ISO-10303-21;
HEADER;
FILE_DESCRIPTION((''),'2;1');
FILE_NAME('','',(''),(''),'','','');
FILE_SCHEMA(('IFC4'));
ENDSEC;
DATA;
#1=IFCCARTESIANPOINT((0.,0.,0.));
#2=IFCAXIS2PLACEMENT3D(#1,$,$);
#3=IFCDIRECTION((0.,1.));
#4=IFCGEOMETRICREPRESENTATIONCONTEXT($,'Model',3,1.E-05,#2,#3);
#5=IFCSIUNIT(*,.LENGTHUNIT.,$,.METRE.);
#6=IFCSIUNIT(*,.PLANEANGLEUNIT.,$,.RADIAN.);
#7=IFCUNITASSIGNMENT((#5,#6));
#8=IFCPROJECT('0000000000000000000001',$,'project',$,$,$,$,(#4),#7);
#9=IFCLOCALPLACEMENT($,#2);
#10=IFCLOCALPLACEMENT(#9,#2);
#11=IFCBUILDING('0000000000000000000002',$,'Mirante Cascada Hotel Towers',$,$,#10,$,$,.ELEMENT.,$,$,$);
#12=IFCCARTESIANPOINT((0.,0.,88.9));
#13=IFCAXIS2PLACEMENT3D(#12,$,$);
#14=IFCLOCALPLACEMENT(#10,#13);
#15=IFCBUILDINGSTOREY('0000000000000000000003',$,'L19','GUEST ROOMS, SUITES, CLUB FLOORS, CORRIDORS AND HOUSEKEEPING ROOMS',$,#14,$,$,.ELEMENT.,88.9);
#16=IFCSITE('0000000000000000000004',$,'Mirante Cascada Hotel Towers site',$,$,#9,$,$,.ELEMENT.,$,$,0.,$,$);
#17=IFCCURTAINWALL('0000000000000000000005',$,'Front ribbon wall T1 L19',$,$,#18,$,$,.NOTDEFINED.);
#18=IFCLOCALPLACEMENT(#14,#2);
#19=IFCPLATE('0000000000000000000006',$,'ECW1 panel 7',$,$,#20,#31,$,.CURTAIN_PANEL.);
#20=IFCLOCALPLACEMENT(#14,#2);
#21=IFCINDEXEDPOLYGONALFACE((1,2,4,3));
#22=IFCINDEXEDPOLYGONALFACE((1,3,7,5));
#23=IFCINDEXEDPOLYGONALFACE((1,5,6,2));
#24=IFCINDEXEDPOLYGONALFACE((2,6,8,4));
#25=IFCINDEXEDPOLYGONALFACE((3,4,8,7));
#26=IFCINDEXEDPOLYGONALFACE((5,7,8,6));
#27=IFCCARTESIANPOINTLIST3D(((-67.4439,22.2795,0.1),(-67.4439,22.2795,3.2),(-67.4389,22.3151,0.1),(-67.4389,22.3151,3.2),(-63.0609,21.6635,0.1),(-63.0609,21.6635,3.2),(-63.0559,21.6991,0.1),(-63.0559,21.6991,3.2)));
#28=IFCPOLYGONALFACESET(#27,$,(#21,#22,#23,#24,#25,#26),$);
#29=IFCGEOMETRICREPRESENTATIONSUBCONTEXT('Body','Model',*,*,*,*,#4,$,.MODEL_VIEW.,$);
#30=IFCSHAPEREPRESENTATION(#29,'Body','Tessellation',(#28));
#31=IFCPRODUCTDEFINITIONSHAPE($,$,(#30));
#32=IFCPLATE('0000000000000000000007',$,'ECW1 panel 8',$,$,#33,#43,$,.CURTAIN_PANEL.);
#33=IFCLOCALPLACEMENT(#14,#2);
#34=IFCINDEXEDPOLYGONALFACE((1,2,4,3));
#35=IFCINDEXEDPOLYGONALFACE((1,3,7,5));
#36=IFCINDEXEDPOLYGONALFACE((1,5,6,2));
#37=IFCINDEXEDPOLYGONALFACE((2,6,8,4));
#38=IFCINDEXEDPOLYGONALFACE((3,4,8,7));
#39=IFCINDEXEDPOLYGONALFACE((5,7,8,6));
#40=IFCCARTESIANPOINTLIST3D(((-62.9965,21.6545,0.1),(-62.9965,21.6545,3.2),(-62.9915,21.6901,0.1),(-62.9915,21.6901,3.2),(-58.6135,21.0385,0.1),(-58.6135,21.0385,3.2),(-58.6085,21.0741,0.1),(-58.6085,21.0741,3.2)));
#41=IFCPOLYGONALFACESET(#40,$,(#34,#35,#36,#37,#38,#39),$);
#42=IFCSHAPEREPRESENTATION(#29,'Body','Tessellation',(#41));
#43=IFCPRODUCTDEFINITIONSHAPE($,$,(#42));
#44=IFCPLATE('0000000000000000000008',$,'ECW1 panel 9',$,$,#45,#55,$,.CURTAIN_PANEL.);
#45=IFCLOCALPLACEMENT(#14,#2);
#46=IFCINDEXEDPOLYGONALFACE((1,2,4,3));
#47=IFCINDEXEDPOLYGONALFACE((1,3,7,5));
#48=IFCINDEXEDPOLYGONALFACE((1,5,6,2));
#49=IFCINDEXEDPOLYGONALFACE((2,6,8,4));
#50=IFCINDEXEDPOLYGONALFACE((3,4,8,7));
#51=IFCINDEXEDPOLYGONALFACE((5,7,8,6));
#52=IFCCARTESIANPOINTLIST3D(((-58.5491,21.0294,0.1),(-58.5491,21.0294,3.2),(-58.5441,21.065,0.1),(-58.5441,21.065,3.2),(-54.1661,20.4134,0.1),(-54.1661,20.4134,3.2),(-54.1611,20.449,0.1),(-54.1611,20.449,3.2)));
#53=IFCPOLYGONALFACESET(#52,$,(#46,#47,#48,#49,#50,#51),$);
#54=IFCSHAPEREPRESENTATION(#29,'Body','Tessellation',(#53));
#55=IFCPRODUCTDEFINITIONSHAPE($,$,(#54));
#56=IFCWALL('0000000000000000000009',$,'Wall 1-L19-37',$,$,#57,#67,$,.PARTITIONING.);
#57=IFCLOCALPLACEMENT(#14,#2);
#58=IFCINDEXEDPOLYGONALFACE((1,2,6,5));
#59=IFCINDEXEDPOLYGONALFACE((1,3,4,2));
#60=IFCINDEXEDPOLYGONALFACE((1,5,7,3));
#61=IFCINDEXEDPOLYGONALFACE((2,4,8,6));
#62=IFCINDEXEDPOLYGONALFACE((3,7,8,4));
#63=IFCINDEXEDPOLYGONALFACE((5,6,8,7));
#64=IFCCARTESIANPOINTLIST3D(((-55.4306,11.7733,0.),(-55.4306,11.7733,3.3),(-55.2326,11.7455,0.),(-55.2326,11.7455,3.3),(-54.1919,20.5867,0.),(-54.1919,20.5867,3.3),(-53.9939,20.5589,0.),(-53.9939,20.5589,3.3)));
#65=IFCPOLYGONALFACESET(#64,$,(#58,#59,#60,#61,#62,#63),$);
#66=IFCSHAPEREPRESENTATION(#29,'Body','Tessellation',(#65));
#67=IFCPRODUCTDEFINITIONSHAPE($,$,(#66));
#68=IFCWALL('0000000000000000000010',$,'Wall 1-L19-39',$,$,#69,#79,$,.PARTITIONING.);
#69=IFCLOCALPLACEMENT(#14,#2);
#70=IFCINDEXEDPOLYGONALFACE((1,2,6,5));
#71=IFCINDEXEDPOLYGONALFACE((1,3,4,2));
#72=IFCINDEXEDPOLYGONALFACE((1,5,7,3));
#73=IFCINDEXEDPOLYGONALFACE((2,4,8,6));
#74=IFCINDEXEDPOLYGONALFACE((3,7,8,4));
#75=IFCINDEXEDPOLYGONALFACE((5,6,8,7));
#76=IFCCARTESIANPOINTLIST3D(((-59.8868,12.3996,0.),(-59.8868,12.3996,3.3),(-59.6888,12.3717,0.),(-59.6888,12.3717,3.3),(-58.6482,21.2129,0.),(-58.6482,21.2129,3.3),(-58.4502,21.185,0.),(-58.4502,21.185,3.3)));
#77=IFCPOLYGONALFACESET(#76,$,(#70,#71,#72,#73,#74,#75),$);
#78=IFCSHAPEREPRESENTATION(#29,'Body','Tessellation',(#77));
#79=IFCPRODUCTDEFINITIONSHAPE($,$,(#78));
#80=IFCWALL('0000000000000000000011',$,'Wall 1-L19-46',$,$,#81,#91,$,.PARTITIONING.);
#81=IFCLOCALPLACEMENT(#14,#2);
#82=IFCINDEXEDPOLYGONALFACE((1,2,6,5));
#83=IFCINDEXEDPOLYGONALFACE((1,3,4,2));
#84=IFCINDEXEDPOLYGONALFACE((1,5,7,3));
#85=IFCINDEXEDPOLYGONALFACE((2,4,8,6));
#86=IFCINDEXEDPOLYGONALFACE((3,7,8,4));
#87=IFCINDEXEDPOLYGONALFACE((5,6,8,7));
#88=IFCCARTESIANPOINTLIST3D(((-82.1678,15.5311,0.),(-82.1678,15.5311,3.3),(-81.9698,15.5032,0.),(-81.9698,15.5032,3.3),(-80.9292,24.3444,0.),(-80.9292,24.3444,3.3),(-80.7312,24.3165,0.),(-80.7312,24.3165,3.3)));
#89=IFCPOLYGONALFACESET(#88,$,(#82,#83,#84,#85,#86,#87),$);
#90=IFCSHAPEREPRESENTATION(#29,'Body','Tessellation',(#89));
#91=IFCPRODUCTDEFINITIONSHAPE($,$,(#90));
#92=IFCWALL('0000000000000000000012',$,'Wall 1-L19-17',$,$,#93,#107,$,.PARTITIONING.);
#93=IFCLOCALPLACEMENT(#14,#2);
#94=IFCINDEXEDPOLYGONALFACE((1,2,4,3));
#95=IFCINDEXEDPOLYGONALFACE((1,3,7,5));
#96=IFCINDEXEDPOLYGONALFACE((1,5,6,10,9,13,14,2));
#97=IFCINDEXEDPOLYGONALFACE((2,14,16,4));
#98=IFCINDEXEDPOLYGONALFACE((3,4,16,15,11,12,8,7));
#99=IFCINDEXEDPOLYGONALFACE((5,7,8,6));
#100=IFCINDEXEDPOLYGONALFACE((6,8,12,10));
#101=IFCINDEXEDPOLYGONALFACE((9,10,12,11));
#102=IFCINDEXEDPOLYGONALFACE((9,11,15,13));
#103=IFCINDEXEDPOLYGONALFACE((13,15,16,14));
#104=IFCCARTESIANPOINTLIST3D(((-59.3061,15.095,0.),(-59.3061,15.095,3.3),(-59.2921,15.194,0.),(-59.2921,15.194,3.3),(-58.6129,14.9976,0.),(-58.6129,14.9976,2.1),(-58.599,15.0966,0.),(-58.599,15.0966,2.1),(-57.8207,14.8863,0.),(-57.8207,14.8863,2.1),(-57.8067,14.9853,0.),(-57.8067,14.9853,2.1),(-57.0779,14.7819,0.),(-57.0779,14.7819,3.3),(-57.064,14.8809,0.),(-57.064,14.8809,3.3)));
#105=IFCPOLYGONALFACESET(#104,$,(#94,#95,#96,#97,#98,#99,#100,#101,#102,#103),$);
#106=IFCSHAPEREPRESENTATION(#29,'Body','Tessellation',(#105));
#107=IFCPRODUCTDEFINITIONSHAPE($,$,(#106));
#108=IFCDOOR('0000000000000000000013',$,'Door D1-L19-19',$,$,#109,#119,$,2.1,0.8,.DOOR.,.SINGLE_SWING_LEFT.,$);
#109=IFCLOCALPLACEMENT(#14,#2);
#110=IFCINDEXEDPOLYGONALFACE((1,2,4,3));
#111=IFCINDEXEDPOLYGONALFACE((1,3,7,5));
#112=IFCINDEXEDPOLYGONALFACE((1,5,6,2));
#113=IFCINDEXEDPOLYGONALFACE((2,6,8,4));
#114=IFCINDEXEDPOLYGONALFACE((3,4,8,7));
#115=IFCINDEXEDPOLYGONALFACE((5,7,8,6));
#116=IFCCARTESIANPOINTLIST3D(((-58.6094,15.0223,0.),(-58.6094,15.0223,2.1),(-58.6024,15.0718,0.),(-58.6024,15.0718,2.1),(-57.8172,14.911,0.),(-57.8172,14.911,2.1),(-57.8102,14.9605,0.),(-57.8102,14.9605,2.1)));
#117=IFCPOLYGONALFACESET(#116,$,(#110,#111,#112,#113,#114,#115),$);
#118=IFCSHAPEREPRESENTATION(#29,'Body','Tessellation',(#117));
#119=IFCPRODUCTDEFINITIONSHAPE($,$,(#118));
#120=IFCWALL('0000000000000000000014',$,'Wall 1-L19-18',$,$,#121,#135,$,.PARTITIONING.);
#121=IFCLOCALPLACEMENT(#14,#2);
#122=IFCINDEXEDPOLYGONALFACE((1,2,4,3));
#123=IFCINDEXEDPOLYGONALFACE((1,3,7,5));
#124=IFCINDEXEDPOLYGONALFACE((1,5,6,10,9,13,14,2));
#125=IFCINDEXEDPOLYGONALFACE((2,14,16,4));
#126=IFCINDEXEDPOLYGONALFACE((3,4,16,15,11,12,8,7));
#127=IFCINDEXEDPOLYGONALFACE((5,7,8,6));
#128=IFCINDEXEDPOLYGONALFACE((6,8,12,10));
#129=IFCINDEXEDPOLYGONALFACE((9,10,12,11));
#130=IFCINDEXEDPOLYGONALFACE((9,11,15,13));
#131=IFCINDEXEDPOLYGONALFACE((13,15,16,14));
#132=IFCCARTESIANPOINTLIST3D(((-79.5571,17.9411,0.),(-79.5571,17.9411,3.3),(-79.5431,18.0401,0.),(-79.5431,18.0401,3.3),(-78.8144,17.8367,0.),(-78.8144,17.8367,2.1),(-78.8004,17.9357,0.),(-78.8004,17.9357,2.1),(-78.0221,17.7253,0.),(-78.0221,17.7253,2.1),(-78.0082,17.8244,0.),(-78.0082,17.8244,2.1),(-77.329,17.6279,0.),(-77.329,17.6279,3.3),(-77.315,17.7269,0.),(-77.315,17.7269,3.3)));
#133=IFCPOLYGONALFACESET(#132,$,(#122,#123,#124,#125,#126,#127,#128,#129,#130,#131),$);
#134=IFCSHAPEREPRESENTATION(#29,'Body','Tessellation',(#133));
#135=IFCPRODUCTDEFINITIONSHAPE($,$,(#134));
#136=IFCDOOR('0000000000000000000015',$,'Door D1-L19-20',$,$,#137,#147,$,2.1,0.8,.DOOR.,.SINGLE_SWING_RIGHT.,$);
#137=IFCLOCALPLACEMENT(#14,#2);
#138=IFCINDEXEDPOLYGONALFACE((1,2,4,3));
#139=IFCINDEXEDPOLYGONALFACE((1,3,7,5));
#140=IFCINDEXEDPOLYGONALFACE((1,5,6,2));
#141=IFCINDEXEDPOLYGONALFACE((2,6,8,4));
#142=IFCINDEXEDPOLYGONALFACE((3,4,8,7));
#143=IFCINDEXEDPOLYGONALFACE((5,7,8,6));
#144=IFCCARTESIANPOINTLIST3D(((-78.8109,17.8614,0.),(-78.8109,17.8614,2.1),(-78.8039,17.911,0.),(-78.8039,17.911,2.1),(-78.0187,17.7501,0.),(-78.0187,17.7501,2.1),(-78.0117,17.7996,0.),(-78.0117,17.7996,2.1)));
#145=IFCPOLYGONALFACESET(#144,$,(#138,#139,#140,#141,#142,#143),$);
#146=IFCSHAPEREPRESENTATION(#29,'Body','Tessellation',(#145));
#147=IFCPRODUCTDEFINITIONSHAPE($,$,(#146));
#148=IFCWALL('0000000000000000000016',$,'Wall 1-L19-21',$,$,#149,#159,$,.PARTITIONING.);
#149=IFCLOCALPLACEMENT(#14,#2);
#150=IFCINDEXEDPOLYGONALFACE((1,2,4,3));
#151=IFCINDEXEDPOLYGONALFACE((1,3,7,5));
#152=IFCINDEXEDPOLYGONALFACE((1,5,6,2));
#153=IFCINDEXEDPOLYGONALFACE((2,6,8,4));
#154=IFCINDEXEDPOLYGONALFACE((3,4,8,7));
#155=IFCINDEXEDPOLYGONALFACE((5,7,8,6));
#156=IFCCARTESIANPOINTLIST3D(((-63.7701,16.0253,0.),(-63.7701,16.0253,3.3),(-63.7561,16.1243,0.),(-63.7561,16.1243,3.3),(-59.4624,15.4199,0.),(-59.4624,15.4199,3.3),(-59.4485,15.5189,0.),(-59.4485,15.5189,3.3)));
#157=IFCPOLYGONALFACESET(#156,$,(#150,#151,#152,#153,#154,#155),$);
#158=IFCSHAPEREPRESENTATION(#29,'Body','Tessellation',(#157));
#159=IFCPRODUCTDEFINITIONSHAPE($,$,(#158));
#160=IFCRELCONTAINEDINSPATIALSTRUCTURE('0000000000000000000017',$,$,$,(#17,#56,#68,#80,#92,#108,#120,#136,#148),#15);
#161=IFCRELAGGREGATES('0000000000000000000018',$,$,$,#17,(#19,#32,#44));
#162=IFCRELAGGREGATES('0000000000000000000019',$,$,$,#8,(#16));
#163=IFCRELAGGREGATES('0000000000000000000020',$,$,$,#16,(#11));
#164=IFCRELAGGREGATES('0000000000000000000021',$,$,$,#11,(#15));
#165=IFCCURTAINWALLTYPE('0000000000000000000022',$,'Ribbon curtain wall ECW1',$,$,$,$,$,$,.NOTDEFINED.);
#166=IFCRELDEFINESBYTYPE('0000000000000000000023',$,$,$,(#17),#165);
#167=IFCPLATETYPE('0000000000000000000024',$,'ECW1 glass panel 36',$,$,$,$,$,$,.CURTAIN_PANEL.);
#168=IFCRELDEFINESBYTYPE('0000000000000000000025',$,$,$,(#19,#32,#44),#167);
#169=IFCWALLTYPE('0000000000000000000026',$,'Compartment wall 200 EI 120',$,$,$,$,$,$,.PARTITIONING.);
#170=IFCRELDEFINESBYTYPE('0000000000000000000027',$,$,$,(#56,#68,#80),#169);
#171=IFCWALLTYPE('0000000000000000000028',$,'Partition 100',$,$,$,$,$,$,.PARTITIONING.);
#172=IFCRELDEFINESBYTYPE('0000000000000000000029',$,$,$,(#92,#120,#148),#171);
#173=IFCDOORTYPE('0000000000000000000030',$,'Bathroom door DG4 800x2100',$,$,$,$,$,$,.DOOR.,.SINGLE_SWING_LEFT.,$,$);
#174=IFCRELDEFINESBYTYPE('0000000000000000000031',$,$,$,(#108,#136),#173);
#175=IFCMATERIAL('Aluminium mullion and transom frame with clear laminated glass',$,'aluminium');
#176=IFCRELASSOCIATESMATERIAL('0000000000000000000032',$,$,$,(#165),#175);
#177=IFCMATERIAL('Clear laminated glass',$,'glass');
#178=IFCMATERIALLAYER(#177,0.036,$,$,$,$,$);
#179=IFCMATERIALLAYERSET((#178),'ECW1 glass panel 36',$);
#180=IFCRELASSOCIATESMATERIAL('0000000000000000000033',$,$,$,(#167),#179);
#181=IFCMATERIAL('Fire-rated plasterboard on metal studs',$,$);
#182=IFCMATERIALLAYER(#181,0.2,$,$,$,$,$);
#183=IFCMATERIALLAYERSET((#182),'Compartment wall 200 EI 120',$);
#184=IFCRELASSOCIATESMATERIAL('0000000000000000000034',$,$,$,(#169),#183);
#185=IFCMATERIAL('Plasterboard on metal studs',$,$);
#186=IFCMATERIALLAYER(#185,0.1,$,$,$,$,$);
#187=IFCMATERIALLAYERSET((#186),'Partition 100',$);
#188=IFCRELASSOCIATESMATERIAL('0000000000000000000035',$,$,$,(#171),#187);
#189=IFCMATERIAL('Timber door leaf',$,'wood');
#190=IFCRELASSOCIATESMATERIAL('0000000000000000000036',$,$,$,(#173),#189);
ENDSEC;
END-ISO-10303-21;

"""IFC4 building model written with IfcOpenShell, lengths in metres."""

from ifc_helpers import new_model, si_unit, direction, frame, frame_2d, origin, origin_2d, place, context, subcontext, project, spatial, rectangle, extrude, material, layer, layer_set, type_object, element, fill, aggregate, save


model = new_model("IFC4")

# Units and contexts
model_context = context("Model", 3, precision=1e-05, world=origin(), true_north=direction((0.0, 1.0)))
body_context = subcontext(model_context, "Body", "Model", "MODEL_VIEW")
ifc_project = project(units=[si_unit("LENGTHUNIT", "METRE"), si_unit("PLANEANGLEUNIT", "RADIAN")], contexts=[model_context])

# Site, building, storey
site_placement = place(None, origin())
site = spatial("IfcSite", under=ifc_project, at=site_placement, Name="Mirante Cascada Hotel Towers site", CompositionType="ELEMENT", RefElevation=0.0)
building_placement = place(site_placement, origin())
building = spatial("IfcBuilding", under=site, at=building_placement, Name="Mirante Cascada Hotel Towers", CompositionType="ELEMENT")
storey_placement = place(building_placement, frame((0.0, 0.0, 88.9)))
storey = spatial("IfcBuildingStorey", under=building, at=storey_placement, Name="L19", Description="GUEST ROOMS, SUITES, CLUB FLOORS, CORRIDORS AND HOUSEKEEPING ROOMS", CompositionType="ELEMENT", Elevation=88.9)

# Curtain wall, plates
ifc_material_1 = material(Name="Aluminium mullion and transom frame with clear laminated glass", Category="aluminium")
curtain_wall_type = type_object("IfcCurtainWallType", Name="Ribbon curtain wall ECW1", PredefinedType="NOTDEFINED", material=ifc_material_1)
curtain_wall_placement = place(storey_placement, origin())
curtain_wall = element("IfcCurtainWall", 1, at=curtain_wall_placement, inside=storey, type_object=curtain_wall_type, Name="Front ribbon wall T1 L19", PredefinedType="NOTDEFINED")
ifc_material_2 = material(Name="Clear laminated glass", Category="glass")
ifc_layer_1 = layer(ifc_material_2, 0.036)
ifc_layer_set_1 = layer_set([ifc_layer_1], Name="ECW1 glass panel 36")
plate_type = type_object("IfcPlateType", Name="ECW1 glass panel 36", PredefinedType="CURTAIN_PANEL", material=ifc_layer_set_1)
plate_1_placement = place(storey_placement, frame((-65.2499, 21.9893, 0.1), z_axis=(0.0, 0.0, 1.0), x_axis=(0.990268, -0.139173, 0.0)))
plate_1 = element("IfcPlate", 2, at=plate_1_placement, type_object=plate_type, Name="ECW1 panel 7", PredefinedType="CURTAIN_PANEL", context=body_context, shape_type="SweptSolid", body=[
    extrude(rectangle(XDim=4.4261, YDim=0.036, at=origin_2d()), origin(), (0.0, 0.0, 1.0), 3.1),
])
plate_2_placement = place(storey_placement, frame((-60.8025, 21.3643, 0.1), z_axis=(0.0, 0.0, 1.0), x_axis=(0.990268, -0.139173, 0.0)))
plate_2 = element("IfcPlate", 3, at=plate_2_placement, type_object=plate_type, Name="ECW1 panel 8", PredefinedType="CURTAIN_PANEL", context=body_context, shape_type="SweptSolid", body=[
    extrude(rectangle(XDim=4.4261, YDim=0.036, at=origin_2d()), origin(), (0.0, 0.0, 1.0), 3.1),
])
plate_3_placement = place(storey_placement, frame((-56.3551, 20.7392, 0.1), z_axis=(0.0, 0.0, 1.0), x_axis=(0.990268, -0.139173, 0.0)))
plate_3 = element("IfcPlate", 4, at=plate_3_placement, type_object=plate_type, Name="ECW1 panel 9", PredefinedType="CURTAIN_PANEL", context=body_context, shape_type="SweptSolid", body=[
    extrude(rectangle(XDim=4.4261, YDim=0.036, at=origin_2d()), origin(), (0.0, 0.0, 1.0), 3.1),
])
aggregate(curtain_wall, [plate_1, plate_2, plate_3])

# Walls
ifc_material_3 = material(Name="Fire-rated plasterboard on metal studs")
ifc_layer_2 = layer(ifc_material_3, 0.2)
ifc_layer_set_2 = layer_set([ifc_layer_2], Name="Compartment wall 200 EI 120")
wall_type_1 = type_object("IfcWallType", Name="Compartment wall 200 EI 120", PredefinedType="PARTITIONING", material=ifc_layer_set_2)
wall_1_placement = place(storey_placement, frame((-54.0929, 20.5728, 0.0), z_axis=(0.0, 0.0, 1.0), x_axis=(-0.139179, -0.990267, 0.0)))
element("IfcWall", 5, at=wall_1_placement, inside=storey, type_object=wall_type_1, Name="Wall 1-L19-37", PredefinedType="PARTITIONING", context=body_context, shape_type="SweptSolid", body=[
    extrude(rectangle(XDim=8.9, YDim=0.2, at=frame_2d((4.45, 0.0))), origin(), (0.0, 0.0, 1.0), 3.3),
])
for number, where, z_axis, x_axis, name in (
    (6, (-58.5492, 21.199, 0.0), (0.0, 0.0, 1.0), (-0.13917, -0.990268, 0.0), "Wall 1-L19-39"),
    (7, (-82.0688, 15.5171, 0.0), (0.0, 0.0, 1.0), (0.13917, 0.990268, 0.0), "Wall 1-L19-46"),
):
    element("IfcWall", number, at=place(storey_placement, frame(where, z_axis=z_axis, x_axis=x_axis)), inside=storey, type_object=wall_type_1, Name=name, PredefinedType="PARTITIONING", context=body_context, shape_type="SweptSolid", body=[
        extrude(rectangle(XDim=8.8999, YDim=0.2, at=frame_2d((4.45, 0.0))), origin(), (0.0, 0.0, 1.0), 3.3),
    ])

# Walls, openings, doors
ifc_material_4 = material(Name="Plasterboard on metal studs")
ifc_layer_3 = layer(ifc_material_4, 0.1)
ifc_layer_set_3 = layer_set([ifc_layer_3], Name="Partition 100")
wall_type_2 = type_object("IfcWallType", Name="Partition 100", PredefinedType="PARTITIONING", material=ifc_layer_set_3)
wall_2_placement = place(storey_placement, frame((-59.2991, 15.1445, 0.0), z_axis=(0.0, 0.0, 1.0), x_axis=(0.990271, -0.139156, 0.0)))
wall_2 = element("IfcWall", 8, at=wall_2_placement, inside=storey, type_object=wall_type_2, Name="Wall 1-L19-17", PredefinedType="PARTITIONING", context=body_context, shape_type="SweptSolid", body=[
    extrude(rectangle(XDim=2.25, YDim=0.1, at=frame_2d((1.125, 0.0))), origin(), (0.0, 0.0, 1.0), 3.3),
])
opening_1_placement = place(wall_2_placement, frame((0.7, 0.0, 0.0)))
opening_1 = element("IfcOpeningElement", 9, at=opening_1_placement, cuts=wall_2, PredefinedType="OPENING", context=body_context, shape_type="SweptSolid", body=[
    extrude(rectangle(XDim=0.8, YDim=2.1, at=frame_2d((0.4, 1.05))), frame((0.0, 0.05, 0.0), z_axis=(0.0, -1.0, 0.0), x_axis=(1.0, 0.0, 0.0)), (0.0, 0.0, 1.0), 0.1),
])
ifc_material_5 = material(Name="Timber door leaf", Category="wood")
door_type_1 = type_object("IfcDoorType", Name="Bathroom door DG4 800x2100", OperationType="SINGLE_SWING_LEFT", PredefinedType="DOOR", material=ifc_material_5)
door_1_placement = place(opening_1_placement, origin())
door_1 = element("IfcDoor", 10, at=door_1_placement, inside=storey, type_object=door_type_1, Name="Door D1-L19-19", OperationType="SINGLE_SWING_LEFT", OverallHeight=2.1, OverallWidth=0.8, PredefinedType="DOOR", context=body_context, shape_type="SweptSolid", body=[
    extrude(rectangle(XDim=0.8, YDim=2.1, at=frame_2d((0.4, 1.05))), frame((0.0, 0.025, 0.0), z_axis=(0.0, -1.0, 0.0), x_axis=(1.0, 0.0, 0.0)), (0.0, 0.0, 1.0), 0.05),
])
fill(opening_1, door_1)
wall_3_placement = place(storey_placement, frame((-77.322, 17.6774, 0.0), z_axis=(0.0, 0.0, 1.0), x_axis=(-0.990264, 0.1392, 0.0)))
wall_3 = element("IfcWall", 11, at=wall_3_placement, inside=storey, type_object=wall_type_2, Name="Wall 1-L19-18", PredefinedType="PARTITIONING", context=body_context, shape_type="SweptSolid", body=[
    extrude(rectangle(XDim=2.25, YDim=0.1, at=frame_2d((1.125, 0.0))), origin(), (0.0, 0.0, 1.0), 3.3),
])
opening_2_placement = place(wall_3_placement, frame((0.7, 0.0, 0.0)))
opening_2 = element("IfcOpeningElement", 12, at=opening_2_placement, cuts=wall_3, PredefinedType="OPENING", context=body_context, shape_type="SweptSolid", body=[
    extrude(rectangle(XDim=0.8, YDim=2.1, at=frame_2d((0.4, 1.05))), frame((0.0, 0.05, 0.0), z_axis=(0.0, -1.0, 0.0), x_axis=(1.0, 0.0, 0.0)), (0.0, 0.0, 1.0), 0.1),
])
door_2_placement = place(opening_2_placement, frame((0.8, 0.0, 0.0), z_axis=(0.0, 0.0, 1.0), x_axis=(-1.0, 0.0, 0.0)))
door_2 = element("IfcDoor", 13, at=door_2_placement, inside=storey, type_object=door_type_1, Name="Door D1-L19-20", OperationType="SINGLE_SWING_RIGHT", OverallHeight=2.1, OverallWidth=0.8, PredefinedType="DOOR", context=body_context, shape_type="SweptSolid", body=[
    extrude(rectangle(XDim=0.8, YDim=2.1, at=frame_2d((0.4, 1.05))), frame((0.0, 0.025, 0.0), z_axis=(0.0, -1.0, 0.0), x_axis=(1.0, 0.0, 0.0)), (0.0, 0.0, 1.0), 0.05),
])
fill(opening_2, door_2)

# Wall
wall_4_placement = place(storey_placement, frame((-63.7631, 16.0748, 0.0), z_axis=(0.0, 0.0, 1.0), x_axis=(0.990268, -0.139171, 0.0)))
element("IfcWall", 14, at=wall_4_placement, inside=storey, type_object=wall_type_2, Name="Wall 1-L19-21", PredefinedType="PARTITIONING", context=body_context, shape_type="SweptSolid", body=[
    extrude(rectangle(XDim=4.35, YDim=0.1, at=frame_2d((2.175, 0.0))), origin(), (0.0, 0.0, 1.0), 3.3),
])

save(model, "model.ifc")
